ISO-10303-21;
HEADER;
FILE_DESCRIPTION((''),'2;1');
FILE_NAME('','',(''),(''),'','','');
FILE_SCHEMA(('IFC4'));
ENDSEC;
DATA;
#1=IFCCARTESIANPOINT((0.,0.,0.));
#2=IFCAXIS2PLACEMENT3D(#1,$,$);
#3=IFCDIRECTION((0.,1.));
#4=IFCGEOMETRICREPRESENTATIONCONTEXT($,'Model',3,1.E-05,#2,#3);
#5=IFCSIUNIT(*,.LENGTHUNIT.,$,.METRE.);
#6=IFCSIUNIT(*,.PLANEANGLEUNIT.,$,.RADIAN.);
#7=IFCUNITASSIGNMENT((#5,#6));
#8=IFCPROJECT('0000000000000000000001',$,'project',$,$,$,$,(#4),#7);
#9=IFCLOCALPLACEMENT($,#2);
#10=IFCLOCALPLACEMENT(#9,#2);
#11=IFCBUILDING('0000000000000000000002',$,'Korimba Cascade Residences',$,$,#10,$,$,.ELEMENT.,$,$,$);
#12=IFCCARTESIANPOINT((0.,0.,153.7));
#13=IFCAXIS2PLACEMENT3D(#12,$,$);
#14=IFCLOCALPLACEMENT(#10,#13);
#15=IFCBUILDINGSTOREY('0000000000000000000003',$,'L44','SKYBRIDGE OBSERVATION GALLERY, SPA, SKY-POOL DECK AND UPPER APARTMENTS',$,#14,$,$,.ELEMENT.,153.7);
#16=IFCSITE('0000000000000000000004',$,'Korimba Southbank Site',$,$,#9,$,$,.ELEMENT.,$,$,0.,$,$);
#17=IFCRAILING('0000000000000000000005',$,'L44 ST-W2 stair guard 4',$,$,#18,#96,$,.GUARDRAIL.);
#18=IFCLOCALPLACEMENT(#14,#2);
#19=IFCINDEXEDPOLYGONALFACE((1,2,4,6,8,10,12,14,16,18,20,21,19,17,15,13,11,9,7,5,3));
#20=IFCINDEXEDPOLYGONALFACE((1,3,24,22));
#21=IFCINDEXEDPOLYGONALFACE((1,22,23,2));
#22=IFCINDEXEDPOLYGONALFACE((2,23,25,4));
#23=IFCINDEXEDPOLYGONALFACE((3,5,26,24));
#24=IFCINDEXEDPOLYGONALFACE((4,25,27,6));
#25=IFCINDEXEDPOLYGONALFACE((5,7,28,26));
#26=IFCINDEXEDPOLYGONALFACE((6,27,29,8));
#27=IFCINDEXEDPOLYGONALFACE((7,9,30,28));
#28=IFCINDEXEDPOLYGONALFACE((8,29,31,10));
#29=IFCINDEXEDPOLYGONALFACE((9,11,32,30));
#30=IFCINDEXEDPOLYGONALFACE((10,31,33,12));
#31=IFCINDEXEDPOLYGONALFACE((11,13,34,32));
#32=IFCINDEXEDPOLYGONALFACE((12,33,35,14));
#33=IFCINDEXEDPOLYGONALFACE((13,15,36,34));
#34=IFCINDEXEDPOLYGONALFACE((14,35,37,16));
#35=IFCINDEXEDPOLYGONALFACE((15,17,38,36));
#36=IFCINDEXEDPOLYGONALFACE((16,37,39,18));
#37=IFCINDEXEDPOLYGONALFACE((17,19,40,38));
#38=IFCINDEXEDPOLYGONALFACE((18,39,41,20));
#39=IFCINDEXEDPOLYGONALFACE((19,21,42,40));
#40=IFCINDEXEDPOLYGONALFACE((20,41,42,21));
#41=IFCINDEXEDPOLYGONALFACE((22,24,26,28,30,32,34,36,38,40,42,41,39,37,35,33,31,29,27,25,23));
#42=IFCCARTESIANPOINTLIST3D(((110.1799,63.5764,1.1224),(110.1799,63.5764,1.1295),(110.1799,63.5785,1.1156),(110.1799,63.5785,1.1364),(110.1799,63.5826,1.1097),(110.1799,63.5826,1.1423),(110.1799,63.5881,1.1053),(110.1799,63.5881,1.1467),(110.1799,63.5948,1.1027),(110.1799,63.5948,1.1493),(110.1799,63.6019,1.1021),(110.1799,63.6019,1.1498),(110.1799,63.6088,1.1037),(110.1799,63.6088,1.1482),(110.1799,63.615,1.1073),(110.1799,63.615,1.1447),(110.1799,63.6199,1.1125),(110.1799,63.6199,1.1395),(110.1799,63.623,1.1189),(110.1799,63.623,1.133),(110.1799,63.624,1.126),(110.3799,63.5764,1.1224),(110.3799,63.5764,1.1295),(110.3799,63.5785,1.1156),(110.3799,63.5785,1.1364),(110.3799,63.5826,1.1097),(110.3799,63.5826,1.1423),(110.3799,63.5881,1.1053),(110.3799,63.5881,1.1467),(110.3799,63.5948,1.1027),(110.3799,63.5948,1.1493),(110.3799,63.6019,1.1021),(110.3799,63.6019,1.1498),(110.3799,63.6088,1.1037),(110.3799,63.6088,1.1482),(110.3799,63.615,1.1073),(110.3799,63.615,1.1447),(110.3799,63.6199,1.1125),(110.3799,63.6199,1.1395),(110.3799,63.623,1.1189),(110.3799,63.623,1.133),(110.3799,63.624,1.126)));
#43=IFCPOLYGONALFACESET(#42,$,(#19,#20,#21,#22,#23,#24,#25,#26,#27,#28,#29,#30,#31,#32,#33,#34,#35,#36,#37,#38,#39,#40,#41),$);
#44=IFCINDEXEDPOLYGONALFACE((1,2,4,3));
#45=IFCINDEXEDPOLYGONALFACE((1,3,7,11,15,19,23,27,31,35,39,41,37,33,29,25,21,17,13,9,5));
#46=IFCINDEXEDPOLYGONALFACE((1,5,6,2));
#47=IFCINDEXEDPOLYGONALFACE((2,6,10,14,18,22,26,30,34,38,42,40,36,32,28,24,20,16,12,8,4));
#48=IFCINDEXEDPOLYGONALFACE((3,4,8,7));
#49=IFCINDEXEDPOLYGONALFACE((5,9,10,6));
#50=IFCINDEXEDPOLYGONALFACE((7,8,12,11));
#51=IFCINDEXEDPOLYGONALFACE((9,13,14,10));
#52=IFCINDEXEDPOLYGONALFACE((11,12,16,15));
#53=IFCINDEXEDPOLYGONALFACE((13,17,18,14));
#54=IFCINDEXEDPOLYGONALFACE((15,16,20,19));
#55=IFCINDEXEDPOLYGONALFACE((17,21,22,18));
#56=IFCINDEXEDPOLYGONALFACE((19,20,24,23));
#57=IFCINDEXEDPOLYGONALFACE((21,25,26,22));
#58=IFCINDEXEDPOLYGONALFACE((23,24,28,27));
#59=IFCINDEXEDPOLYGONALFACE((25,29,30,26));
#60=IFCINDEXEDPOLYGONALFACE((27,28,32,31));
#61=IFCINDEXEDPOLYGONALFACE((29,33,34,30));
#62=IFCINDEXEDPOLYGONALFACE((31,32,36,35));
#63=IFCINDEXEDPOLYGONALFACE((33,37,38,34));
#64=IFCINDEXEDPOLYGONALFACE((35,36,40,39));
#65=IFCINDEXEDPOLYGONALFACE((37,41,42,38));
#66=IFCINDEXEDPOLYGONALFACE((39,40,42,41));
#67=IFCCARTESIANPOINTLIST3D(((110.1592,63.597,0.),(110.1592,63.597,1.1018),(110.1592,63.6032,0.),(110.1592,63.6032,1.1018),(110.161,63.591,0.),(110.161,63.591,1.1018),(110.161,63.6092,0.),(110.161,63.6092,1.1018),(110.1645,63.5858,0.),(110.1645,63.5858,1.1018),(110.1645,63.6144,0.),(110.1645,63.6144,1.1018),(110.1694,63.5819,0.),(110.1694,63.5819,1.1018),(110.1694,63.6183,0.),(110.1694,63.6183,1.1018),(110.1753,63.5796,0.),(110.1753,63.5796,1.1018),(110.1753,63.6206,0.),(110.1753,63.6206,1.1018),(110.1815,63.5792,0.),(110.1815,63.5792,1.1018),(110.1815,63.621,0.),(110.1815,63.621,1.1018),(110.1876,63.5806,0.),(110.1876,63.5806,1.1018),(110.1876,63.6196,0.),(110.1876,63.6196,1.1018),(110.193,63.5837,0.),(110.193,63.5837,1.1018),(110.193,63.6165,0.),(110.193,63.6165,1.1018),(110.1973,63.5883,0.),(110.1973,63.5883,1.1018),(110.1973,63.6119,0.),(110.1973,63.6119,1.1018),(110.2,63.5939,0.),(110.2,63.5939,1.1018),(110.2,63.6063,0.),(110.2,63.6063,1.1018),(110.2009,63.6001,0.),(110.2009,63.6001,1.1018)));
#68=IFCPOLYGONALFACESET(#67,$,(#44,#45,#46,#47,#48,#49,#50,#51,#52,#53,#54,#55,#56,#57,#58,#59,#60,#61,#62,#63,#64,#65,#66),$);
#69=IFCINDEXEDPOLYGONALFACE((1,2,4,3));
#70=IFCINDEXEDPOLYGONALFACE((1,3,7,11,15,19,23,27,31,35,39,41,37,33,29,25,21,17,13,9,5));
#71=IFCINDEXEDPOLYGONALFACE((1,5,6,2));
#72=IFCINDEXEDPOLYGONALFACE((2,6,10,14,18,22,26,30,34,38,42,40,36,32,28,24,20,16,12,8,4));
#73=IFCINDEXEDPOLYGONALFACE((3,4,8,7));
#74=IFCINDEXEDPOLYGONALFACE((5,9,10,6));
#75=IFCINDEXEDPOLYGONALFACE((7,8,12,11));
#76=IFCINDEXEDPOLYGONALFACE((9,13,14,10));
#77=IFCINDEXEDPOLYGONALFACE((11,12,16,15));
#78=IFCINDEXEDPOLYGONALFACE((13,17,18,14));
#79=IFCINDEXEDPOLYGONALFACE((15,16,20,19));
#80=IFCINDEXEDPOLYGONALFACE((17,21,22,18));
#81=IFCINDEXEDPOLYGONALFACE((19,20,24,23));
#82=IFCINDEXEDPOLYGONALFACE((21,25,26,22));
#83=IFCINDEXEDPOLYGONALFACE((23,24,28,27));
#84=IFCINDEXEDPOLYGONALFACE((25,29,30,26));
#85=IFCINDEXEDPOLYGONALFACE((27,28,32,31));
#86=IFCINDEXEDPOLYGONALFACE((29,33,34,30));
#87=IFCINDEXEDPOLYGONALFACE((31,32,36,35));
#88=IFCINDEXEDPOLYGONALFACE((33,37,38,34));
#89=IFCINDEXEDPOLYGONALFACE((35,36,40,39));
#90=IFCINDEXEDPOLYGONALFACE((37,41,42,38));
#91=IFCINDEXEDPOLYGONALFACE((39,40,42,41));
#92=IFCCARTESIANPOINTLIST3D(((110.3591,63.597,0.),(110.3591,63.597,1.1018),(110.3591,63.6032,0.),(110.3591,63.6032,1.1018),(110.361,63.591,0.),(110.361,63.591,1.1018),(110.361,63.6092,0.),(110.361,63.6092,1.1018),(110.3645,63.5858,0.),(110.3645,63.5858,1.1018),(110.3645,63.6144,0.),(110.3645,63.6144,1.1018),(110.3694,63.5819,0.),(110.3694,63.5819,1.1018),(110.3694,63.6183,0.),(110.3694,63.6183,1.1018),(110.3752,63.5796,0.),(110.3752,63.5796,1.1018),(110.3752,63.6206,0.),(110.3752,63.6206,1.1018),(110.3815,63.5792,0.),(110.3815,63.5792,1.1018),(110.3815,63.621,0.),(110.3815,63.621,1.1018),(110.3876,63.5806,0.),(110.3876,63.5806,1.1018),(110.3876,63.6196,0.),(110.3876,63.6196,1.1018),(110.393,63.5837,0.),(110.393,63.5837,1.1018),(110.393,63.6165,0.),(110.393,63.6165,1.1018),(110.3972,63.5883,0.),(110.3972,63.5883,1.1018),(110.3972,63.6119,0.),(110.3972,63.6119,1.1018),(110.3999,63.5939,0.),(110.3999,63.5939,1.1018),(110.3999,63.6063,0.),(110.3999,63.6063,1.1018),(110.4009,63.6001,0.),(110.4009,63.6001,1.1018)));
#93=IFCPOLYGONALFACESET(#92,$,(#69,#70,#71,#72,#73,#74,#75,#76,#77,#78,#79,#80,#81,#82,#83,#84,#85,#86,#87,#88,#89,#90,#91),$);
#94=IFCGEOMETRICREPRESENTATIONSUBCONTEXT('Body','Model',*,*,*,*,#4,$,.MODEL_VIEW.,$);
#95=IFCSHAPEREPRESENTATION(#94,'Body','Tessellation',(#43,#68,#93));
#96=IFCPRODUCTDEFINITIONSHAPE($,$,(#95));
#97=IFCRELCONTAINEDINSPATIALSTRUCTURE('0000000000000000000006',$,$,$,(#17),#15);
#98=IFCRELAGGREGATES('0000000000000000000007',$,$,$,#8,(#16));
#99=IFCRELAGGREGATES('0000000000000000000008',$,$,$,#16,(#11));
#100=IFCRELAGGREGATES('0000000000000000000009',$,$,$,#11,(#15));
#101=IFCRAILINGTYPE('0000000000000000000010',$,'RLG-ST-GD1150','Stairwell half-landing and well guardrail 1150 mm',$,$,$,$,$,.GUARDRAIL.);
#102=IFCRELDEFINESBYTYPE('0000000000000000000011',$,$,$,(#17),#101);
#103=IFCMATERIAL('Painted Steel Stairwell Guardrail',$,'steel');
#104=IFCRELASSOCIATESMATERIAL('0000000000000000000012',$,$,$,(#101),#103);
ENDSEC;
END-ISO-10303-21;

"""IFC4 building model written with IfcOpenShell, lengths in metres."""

from ifc_helpers import new_model, si_unit, direction, frame, origin, origin_2d, place, context, subcontext, project, spatial, circle, extrude, material, type_object, element, save


model = new_model("IFC4")

# Units and contexts
model_context = context("Model", 3, precision=1e-05, world=origin(), true_north=direction((0.0, 1.0)))
body_context = subcontext(model_context, "Body", "Model", "MODEL_VIEW")
ifc_project = project(units=[si_unit("LENGTHUNIT", "METRE"), si_unit("PLANEANGLEUNIT", "RADIAN")], contexts=[model_context])

# Site, building, storey
site_placement = place(None, origin())
site = spatial("IfcSite", under=ifc_project, at=site_placement, Name="Korimba Southbank Site", CompositionType="ELEMENT", RefElevation=0.0)
building_placement = place(site_placement, origin())
building = spatial("IfcBuilding", under=site, at=building_placement, Name="Korimba Cascade Residences", CompositionType="ELEMENT")
storey_placement = place(building_placement, frame((0.0, 0.0, 153.7)))
storey = spatial("IfcBuildingStorey", under=building, at=storey_placement, Name="L44", Description="SKYBRIDGE OBSERVATION GALLERY, SPA, SKY-POOL DECK AND UPPER APARTMENTS", CompositionType="ELEMENT", Elevation=153.7)

# Railing
ifc_material_1 = material(Name="Painted Steel Stairwell Guardrail", Category="steel")
railing_type_1 = type_object("IfcRailingType", Name="RLG-ST-GD1150", Description="Stairwell half-landing and well guardrail 1150 mm", PredefinedType="GUARDRAIL", material=ifc_material_1)
railing_1_placement = place(storey_placement, frame((110.1799, 63.6001, 0.0)))
element("IfcRailing", 1, at=railing_1_placement, inside=storey, type_object=railing_type_1, Name="L44 ST-W2 stair guard 4", PredefinedType="GUARDRAIL", context=body_context, shape_type="SweptSolid", body=[
    extrude(circle(Radius=0.0239, at=origin_2d()), frame((0.0, 0.0, 1.126), z_axis=(1.0, 0.0, 0.0), x_axis=(0.0, 1.0, 0.0)), (0.0, 0.0, 1.0), 0.2),
    extrude(circle(Radius=0.021, at=origin_2d()), origin(), (0.0, 0.0, 1.0), 1.1018),
    extrude(circle(Radius=0.021, at=origin_2d()), frame((0.2, 0.0, 0.0)), (0.0, 0.0, 1.0), 1.1018),
])

save(model, "model.ifc")
